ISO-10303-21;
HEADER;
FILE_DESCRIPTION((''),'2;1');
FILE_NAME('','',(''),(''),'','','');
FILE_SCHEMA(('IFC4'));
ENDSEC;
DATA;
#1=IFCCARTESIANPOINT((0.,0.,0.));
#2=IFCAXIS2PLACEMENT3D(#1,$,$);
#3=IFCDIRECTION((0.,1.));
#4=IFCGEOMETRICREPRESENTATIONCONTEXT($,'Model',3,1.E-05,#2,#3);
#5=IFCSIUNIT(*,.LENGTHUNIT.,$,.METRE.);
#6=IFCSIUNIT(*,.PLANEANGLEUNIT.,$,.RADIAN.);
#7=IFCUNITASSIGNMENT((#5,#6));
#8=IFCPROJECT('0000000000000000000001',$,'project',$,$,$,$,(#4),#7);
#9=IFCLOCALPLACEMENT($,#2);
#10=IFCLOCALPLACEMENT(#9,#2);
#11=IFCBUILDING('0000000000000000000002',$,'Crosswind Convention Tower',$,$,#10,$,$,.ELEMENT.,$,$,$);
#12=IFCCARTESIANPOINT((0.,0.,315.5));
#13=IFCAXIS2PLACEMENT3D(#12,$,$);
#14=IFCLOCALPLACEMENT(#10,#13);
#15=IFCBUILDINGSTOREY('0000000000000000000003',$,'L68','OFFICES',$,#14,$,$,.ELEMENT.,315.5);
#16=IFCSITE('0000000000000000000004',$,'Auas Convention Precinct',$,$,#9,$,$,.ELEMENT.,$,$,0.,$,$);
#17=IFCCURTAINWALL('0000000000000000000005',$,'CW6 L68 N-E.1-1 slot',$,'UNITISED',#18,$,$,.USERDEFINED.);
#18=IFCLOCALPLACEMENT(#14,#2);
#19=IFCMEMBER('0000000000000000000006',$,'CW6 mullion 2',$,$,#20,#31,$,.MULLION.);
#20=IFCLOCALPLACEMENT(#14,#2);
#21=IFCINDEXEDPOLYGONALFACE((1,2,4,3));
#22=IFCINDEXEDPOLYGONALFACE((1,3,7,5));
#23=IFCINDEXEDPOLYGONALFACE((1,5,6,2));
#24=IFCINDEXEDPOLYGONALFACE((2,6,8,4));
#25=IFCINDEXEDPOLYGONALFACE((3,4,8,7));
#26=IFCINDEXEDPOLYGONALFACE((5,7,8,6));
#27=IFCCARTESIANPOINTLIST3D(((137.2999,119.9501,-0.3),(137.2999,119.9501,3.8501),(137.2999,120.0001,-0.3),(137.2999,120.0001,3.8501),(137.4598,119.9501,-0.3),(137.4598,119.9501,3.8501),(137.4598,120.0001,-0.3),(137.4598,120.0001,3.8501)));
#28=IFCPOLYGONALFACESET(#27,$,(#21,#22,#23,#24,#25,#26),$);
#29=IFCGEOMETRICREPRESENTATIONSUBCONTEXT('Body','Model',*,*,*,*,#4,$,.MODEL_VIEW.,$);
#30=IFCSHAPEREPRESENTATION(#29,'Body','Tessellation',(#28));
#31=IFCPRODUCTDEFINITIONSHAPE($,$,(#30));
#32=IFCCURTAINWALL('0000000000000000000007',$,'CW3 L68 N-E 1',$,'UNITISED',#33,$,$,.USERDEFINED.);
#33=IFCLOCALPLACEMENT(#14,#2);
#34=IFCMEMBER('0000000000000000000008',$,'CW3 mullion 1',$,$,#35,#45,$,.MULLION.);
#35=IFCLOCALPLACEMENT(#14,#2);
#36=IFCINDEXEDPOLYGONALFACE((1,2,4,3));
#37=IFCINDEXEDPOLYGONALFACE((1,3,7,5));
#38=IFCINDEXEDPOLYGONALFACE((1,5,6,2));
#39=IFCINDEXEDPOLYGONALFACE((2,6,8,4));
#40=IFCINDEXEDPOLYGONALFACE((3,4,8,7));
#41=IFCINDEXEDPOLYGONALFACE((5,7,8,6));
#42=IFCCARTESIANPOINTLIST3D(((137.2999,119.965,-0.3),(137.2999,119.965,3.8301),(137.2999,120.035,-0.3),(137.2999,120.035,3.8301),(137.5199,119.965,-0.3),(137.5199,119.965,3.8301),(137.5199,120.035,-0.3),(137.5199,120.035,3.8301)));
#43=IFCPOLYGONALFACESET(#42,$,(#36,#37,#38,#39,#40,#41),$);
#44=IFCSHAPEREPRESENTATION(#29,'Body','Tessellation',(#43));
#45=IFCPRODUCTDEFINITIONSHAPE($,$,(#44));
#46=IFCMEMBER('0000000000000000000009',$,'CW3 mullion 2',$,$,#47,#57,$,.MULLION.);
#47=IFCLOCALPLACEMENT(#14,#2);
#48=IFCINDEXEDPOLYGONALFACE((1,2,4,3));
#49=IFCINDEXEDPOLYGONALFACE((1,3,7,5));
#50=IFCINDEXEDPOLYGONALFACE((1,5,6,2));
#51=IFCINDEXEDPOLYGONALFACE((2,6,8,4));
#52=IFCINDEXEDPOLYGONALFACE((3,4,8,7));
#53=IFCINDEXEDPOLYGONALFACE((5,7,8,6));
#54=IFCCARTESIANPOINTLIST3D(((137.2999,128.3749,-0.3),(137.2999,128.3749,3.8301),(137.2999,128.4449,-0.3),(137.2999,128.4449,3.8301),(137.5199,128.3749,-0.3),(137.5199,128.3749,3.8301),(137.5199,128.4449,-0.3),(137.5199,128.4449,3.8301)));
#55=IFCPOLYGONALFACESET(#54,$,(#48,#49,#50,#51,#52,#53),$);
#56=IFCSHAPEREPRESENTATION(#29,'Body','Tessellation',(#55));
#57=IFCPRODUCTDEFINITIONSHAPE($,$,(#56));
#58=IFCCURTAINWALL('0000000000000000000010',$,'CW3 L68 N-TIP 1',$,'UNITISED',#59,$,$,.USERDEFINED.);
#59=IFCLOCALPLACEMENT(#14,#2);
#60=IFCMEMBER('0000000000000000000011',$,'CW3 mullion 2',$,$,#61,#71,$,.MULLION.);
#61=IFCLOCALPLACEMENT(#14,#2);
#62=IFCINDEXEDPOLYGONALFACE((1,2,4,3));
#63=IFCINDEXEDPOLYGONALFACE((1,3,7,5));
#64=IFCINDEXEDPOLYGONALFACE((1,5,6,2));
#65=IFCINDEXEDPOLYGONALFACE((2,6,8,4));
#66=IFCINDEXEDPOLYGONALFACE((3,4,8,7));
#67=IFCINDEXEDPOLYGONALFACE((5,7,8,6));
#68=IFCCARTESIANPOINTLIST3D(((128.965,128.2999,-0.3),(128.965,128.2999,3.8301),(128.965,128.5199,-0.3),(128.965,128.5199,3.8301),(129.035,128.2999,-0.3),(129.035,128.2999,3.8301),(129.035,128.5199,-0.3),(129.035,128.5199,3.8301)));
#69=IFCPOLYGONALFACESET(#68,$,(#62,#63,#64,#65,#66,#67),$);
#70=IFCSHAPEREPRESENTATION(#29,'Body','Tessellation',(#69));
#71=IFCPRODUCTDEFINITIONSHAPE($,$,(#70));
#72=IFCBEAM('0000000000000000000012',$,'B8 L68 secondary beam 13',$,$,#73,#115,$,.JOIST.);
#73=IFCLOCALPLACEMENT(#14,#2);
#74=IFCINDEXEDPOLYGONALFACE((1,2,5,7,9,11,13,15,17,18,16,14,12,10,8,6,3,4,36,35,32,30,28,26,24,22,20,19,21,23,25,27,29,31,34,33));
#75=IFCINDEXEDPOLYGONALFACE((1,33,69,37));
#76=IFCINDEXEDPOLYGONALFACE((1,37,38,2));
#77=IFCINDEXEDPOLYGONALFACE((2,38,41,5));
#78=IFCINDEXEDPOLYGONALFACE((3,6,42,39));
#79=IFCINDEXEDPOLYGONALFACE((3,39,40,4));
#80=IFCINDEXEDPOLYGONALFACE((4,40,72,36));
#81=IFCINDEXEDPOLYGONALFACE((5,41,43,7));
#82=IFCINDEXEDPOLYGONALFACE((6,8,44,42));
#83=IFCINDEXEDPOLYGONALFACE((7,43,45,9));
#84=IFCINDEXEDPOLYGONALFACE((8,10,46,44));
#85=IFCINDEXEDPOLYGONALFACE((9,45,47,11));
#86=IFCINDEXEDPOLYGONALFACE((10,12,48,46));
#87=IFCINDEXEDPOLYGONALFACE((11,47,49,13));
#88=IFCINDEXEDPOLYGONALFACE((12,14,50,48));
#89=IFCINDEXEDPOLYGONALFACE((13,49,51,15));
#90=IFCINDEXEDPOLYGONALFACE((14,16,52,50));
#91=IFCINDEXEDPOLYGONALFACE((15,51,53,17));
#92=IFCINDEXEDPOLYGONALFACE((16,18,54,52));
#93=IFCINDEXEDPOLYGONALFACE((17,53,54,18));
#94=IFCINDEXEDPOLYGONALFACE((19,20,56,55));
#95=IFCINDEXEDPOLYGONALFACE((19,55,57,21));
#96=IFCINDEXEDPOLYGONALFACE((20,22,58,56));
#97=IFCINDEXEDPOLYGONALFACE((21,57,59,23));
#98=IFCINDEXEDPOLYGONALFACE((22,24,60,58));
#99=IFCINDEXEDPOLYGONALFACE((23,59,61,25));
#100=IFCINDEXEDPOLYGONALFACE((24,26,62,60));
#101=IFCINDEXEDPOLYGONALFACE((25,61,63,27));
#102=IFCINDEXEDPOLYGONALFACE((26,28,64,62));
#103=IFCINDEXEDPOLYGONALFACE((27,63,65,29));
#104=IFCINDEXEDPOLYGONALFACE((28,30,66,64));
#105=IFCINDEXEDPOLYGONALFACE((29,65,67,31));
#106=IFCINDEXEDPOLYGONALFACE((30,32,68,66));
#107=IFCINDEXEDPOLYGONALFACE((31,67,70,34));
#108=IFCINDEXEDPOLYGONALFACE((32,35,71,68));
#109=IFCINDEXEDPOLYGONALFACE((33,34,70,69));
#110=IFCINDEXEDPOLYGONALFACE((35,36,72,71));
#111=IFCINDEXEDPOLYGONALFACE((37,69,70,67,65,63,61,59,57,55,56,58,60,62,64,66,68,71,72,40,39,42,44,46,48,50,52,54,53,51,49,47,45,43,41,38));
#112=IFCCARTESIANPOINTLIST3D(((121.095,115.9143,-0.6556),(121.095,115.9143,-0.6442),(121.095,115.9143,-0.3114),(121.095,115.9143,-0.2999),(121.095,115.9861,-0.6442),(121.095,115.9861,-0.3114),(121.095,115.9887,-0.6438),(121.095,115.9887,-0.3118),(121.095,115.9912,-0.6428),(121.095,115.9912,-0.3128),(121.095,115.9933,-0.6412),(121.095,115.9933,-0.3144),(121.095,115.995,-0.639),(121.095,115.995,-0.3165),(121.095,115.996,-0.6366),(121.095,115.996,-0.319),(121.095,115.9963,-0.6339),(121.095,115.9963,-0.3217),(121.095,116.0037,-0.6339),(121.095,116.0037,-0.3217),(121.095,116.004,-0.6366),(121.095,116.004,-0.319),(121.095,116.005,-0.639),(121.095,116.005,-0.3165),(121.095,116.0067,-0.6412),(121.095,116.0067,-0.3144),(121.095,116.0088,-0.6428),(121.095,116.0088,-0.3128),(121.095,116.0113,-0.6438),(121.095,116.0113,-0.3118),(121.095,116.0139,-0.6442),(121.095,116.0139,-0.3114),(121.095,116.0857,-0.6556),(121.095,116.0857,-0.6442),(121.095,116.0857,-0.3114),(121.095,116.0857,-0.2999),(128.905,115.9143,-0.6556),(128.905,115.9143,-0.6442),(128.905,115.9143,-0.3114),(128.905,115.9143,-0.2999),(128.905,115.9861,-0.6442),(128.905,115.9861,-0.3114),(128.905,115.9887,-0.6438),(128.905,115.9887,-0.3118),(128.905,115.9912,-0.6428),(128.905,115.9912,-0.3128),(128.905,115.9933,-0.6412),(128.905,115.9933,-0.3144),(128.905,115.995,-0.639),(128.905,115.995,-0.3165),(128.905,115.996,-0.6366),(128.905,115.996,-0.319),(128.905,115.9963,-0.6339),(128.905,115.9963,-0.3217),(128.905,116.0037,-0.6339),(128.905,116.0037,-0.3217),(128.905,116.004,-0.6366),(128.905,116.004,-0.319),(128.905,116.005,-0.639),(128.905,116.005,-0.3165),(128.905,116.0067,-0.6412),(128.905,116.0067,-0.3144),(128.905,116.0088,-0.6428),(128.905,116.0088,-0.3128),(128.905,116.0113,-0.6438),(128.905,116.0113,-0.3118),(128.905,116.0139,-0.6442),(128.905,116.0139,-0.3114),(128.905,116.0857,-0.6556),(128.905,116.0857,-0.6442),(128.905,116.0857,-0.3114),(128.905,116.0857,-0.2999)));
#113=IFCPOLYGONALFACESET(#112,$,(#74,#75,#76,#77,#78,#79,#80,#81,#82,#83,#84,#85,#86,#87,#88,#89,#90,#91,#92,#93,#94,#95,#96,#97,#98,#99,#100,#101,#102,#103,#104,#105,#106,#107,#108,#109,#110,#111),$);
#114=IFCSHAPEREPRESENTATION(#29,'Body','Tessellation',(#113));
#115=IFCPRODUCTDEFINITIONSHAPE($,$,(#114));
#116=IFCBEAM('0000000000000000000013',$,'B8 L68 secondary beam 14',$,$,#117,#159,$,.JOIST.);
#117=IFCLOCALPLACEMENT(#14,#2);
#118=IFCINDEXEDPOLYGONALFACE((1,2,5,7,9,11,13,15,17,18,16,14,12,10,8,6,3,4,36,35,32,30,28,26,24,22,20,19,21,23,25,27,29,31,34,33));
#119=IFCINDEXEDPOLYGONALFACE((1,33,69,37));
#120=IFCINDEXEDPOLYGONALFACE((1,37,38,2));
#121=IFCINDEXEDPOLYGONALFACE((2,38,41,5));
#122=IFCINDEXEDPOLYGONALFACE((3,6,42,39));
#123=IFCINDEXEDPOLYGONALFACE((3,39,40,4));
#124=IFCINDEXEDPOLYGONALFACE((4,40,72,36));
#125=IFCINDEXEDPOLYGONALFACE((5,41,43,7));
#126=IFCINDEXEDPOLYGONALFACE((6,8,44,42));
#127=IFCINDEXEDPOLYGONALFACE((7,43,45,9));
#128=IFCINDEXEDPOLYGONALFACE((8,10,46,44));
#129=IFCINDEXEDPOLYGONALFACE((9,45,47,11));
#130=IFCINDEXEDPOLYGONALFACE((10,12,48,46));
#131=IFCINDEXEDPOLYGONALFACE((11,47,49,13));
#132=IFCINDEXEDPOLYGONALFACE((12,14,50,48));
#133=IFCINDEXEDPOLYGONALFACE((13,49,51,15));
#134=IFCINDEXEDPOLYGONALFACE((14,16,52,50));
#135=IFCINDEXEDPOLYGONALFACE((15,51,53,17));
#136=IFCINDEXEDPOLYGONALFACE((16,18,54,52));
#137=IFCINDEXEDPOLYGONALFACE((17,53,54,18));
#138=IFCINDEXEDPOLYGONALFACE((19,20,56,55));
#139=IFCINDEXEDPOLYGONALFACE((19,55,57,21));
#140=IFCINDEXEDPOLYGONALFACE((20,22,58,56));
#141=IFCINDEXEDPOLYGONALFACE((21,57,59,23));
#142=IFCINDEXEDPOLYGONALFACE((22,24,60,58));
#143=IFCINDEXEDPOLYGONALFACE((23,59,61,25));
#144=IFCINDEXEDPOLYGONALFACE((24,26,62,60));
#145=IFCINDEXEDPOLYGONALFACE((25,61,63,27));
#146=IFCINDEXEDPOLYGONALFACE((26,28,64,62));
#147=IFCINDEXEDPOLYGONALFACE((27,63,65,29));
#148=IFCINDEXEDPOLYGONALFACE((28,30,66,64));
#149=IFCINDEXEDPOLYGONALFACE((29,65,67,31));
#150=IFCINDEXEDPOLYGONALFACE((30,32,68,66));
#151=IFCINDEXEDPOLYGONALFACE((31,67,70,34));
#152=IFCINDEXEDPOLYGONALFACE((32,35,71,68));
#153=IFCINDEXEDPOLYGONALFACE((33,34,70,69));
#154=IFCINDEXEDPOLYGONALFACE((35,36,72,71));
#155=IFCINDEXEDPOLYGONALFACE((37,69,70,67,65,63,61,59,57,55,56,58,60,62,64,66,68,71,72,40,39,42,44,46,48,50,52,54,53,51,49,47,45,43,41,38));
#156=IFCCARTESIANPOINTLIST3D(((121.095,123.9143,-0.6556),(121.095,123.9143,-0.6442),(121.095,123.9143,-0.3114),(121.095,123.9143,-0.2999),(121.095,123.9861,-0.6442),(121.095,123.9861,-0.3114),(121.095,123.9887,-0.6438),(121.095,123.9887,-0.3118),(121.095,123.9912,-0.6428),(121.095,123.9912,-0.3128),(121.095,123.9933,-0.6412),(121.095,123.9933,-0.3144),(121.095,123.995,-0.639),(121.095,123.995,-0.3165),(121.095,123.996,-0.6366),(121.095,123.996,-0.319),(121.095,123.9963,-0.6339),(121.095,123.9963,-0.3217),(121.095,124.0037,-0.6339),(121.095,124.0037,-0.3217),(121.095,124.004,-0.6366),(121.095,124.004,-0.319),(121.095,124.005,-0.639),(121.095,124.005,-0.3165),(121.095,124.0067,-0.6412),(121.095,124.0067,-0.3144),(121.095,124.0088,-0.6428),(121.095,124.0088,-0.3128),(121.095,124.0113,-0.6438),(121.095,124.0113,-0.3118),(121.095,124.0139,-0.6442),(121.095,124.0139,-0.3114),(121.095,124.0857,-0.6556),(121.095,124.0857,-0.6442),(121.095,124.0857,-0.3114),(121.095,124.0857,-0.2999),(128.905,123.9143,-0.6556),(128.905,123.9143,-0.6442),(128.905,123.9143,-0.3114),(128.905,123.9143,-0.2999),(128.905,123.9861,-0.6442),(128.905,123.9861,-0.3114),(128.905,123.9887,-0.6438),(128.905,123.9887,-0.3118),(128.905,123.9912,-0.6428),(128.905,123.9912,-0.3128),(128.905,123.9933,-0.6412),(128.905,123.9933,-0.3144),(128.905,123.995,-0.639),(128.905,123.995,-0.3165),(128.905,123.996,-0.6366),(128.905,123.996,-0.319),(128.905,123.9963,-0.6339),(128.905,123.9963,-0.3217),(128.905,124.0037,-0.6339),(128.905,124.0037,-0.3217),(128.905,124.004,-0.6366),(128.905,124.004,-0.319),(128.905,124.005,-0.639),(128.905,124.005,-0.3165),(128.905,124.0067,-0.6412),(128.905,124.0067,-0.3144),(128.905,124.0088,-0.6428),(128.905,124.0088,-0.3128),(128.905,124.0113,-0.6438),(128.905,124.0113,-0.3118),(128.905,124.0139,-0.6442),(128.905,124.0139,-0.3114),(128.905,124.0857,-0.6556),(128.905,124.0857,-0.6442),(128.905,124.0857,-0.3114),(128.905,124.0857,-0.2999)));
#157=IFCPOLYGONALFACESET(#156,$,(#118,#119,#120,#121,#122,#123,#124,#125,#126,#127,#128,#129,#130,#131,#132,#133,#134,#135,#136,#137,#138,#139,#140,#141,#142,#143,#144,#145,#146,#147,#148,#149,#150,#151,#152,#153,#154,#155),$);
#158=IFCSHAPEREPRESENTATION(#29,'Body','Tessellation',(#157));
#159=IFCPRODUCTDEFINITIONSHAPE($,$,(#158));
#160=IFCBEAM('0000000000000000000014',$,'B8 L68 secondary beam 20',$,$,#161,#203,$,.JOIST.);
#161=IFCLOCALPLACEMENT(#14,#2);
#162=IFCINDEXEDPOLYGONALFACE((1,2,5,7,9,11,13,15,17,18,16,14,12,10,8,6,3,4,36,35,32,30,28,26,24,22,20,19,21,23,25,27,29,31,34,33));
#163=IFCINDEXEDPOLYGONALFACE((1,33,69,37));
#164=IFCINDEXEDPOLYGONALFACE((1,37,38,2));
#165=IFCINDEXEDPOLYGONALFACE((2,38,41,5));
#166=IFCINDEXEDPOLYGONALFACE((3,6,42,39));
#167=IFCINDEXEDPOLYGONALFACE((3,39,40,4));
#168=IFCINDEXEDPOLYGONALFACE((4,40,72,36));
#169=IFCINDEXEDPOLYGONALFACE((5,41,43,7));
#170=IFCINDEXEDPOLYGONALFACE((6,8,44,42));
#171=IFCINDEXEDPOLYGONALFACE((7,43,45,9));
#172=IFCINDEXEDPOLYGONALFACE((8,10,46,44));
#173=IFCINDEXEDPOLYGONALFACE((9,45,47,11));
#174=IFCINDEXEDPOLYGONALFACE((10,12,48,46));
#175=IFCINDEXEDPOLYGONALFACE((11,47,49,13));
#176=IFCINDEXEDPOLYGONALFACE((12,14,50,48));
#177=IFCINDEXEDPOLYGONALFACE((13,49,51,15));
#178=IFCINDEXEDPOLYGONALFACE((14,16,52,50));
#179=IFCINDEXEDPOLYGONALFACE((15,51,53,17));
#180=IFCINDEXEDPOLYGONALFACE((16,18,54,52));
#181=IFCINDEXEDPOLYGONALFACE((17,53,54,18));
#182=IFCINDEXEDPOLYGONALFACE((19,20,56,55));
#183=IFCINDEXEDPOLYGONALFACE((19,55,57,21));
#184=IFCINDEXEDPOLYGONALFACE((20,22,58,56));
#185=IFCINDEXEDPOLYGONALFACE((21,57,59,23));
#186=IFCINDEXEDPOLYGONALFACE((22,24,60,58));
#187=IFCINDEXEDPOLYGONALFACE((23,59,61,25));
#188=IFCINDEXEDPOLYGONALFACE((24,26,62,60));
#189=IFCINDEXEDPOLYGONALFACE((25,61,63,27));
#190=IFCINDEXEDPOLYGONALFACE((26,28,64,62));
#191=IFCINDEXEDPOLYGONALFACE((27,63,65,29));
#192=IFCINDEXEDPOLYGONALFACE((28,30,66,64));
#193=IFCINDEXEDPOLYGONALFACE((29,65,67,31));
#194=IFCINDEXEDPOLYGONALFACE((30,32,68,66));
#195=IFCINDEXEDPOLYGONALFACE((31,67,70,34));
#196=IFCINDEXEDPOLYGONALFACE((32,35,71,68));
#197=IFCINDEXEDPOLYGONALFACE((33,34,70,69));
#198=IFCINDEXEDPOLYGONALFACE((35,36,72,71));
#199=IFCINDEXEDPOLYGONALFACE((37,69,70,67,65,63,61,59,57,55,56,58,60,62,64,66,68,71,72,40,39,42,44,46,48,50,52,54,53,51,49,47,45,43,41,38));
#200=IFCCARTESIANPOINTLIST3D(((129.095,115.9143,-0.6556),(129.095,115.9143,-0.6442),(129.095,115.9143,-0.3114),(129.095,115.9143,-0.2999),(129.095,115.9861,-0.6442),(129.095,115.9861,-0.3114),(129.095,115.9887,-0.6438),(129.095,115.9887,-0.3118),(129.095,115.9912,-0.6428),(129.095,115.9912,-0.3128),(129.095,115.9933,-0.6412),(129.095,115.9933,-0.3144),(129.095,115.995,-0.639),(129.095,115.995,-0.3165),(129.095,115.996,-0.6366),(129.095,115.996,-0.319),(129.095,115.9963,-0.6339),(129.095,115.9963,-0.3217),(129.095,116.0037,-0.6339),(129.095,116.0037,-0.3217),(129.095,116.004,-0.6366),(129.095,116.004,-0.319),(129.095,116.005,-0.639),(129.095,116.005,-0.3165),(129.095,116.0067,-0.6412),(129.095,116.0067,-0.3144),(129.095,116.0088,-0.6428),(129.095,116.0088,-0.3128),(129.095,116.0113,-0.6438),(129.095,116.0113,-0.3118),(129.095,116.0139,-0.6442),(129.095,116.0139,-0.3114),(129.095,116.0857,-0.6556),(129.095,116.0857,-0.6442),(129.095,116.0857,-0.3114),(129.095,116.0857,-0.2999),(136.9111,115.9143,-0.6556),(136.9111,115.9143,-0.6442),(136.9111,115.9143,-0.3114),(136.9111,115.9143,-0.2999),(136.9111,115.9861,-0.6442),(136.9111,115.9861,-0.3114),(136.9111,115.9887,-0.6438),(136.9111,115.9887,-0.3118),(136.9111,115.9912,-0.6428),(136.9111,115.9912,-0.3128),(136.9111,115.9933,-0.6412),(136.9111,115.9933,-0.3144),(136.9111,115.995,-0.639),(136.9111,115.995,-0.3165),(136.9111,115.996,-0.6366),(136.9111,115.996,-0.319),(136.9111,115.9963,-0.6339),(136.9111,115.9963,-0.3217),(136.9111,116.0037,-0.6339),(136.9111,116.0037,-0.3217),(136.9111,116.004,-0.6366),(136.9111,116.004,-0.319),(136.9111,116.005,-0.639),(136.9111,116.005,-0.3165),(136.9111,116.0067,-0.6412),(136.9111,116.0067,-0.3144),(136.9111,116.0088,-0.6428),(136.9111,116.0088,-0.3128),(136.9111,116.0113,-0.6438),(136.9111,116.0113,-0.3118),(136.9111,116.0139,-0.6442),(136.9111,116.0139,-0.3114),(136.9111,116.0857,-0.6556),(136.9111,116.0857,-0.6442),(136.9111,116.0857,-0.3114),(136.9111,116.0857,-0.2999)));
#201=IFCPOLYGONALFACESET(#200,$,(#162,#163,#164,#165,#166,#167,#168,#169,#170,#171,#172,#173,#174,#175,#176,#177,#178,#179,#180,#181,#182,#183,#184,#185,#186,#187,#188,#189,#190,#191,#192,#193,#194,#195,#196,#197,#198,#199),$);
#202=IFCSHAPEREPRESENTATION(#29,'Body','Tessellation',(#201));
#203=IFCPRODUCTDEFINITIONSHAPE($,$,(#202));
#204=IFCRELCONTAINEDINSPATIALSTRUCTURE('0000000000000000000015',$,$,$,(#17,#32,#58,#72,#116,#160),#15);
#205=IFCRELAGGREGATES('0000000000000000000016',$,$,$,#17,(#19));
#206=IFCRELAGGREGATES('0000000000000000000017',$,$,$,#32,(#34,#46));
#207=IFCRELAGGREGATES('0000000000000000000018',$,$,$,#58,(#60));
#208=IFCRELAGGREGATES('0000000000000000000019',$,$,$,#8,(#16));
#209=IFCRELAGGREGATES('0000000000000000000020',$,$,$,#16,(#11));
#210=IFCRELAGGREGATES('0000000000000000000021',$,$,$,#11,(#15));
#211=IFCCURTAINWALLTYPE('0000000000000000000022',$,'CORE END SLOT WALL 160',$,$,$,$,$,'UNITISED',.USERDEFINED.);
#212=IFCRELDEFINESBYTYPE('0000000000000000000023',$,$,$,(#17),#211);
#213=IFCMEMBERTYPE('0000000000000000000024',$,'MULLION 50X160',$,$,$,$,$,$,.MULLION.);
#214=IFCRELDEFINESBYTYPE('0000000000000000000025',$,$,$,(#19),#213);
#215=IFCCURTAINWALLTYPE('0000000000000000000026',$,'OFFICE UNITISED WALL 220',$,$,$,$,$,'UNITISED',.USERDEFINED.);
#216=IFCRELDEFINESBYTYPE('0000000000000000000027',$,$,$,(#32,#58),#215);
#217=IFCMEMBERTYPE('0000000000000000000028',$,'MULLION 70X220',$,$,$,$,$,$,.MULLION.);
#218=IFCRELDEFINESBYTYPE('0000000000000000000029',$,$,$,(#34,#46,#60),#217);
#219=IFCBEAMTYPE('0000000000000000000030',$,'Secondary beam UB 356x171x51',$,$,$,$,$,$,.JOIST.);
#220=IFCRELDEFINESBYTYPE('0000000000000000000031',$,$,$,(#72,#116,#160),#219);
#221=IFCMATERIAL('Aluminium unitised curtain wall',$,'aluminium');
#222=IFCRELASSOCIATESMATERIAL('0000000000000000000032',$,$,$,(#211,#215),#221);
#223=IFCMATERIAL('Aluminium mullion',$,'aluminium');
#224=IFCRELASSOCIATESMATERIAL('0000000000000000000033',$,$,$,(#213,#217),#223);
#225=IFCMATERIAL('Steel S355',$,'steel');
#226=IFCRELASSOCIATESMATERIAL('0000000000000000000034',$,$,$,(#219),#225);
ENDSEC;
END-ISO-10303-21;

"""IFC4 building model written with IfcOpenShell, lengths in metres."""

from ifc_helpers import new_model, si_unit, direction, frame, origin, origin_2d, place, context, subcontext, project, spatial, rectangle, i_section, extrude, material, material_profile, profile_set, type_object, element, aggregate, save


model = new_model("IFC4")

# Units and contexts
model_context = context("Model", 3, precision=1e-05, world=origin(), true_north=direction((0.0, 1.0)))
body_context = subcontext(model_context, "Body", "Model", "MODEL_VIEW")
ifc_project = project(units=[si_unit("LENGTHUNIT", "METRE"), si_unit("PLANEANGLEUNIT", "RADIAN")], contexts=[model_context])

# Site, building, storey
site_placement = place(None, origin())
site = spatial("IfcSite", under=ifc_project, at=site_placement, Name="Auas Convention Precinct", CompositionType="ELEMENT", RefElevation=0.0)
building_placement = place(site_placement, origin())
building = spatial("IfcBuilding", under=site, at=building_placement, Name="Crosswind Convention Tower", CompositionType="ELEMENT")
storey_placement = place(building_placement, frame((0.0, 0.0, 315.5)))
storey = spatial("IfcBuildingStorey", under=building, at=storey_placement, Name="L68", Description="OFFICES", CompositionType="ELEMENT", Elevation=315.5)

# Shared definitions
ifc_material_1 = material(Name="Steel S355", Category="steel")

# Curtain walls, members
ifc_material_2 = material(Name="Aluminium unitised curtain wall", Category="aluminium")
curtain_wall_type_1 = type_object("IfcCurtainWallType", Name="CORE END SLOT WALL 160", ElementType="UNITISED", PredefinedType="USERDEFINED", material=ifc_material_2)
curtain_wall_1_placement = place(storey_placement, origin())
curtain_wall_1 = element("IfcCurtainWall", 1, at=curtain_wall_1_placement, inside=storey, type_object=curtain_wall_type_1, Name="CW6 L68 N-E.1-1 slot", ObjectType="UNITISED", PredefinedType="USERDEFINED")
ifc_material_3 = material(Name="Aluminium mullion", Category="aluminium")
ifc_material_profile_1 = material_profile(ifc_material_3, rectangle(XDim=0.1599, YDim=0.05, at=origin_2d()), Name="AL 160X50")
ifc_profile_set_1 = profile_set([ifc_material_profile_1], Name="Aluminium mullion")
member_type_1 = type_object("IfcMemberType", Name="MULLION 50X160", PredefinedType="MULLION", material=ifc_profile_set_1)
member_1_placement = place(storey_placement, frame((137.3799, 119.9751, -0.3), z_axis=(0.0, 0.0, 1.0), x_axis=(1.0, 0.0, 0.0)))
member_1 = element("IfcMember", 2, at=member_1_placement, type_object=member_type_1, Name="CW6 mullion 2", PredefinedType="MULLION", context=body_context, shape_type="SweptSolid", body=[
    extrude(rectangle(XDim=0.1599, YDim=0.05, at=origin_2d()), origin(), (0.0, 0.0, 1.0), 4.1501),
])
curtain_wall_type_2 = type_object("IfcCurtainWallType", Name="OFFICE UNITISED WALL 220", ElementType="UNITISED", PredefinedType="USERDEFINED", material=ifc_material_2)
curtain_wall_2_placement = place(storey_placement, origin())
curtain_wall_2 = element("IfcCurtainWall", 3, at=curtain_wall_2_placement, inside=storey, type_object=curtain_wall_type_2, Name="CW3 L68 N-E 1", ObjectType="UNITISED", PredefinedType="USERDEFINED")
ifc_material_profile_2 = material_profile(ifc_material_3, rectangle(XDim=0.22, YDim=0.0701, at=origin_2d()), Name="AL 220X70")
ifc_profile_set_2 = profile_set([ifc_material_profile_2], Name="Aluminium mullion")
member_type_2 = type_object("IfcMemberType", Name="MULLION 70X220", PredefinedType="MULLION", material=ifc_profile_set_2)
member_2_placement = place(storey_placement, frame((137.4099, 120.0, -0.3), z_axis=(0.0, 0.0, 1.0), x_axis=(1.0, 0.0, 0.0)))
member_2 = element("IfcMember", 4, at=member_2_placement, type_object=member_type_2, Name="CW3 mullion 1", PredefinedType="MULLION", context=body_context, shape_type="SweptSolid", body=[
    extrude(rectangle(XDim=0.22, YDim=0.0701, at=origin_2d()), origin(), (0.0, 0.0, 1.0), 4.1301),
])
member_3_placement = place(storey_placement, frame((137.4099, 128.4099, -0.3), z_axis=(0.0, 0.0, 1.0), x_axis=(1.0, 0.0, 0.0)))
member_3 = element("IfcMember", 5, at=member_3_placement, type_object=member_type_2, Name="CW3 mullion 2", PredefinedType="MULLION", context=body_context, shape_type="SweptSolid", body=[
    extrude(rectangle(XDim=0.22, YDim=0.0701, at=origin_2d()), origin(), (0.0, 0.0, 1.0), 4.1301),
])

# Curtain wall, member
curtain_wall_3_placement = place(storey_placement, origin())
curtain_wall_3 = element("IfcCurtainWall", 6, at=curtain_wall_3_placement, inside=storey, type_object=curtain_wall_type_2, Name="CW3 L68 N-TIP 1", ObjectType="UNITISED", PredefinedType="USERDEFINED")
member_4_placement = place(storey_placement, frame((129.0, 128.4099, -0.3), z_axis=(0.0, 0.0, 1.0), x_axis=(0.0, 1.0, 0.0)))
member_4 = element("IfcMember", 7, at=member_4_placement, type_object=member_type_2, Name="CW3 mullion 2", PredefinedType="MULLION", context=body_context, shape_type="SweptSolid", body=[
    extrude(rectangle(XDim=0.22, YDim=0.0701, at=origin_2d()), origin(), (0.0, 0.0, 1.0), 4.1301),
])

# Beams
ifc_material_profile_3 = material_profile(ifc_material_1, i_section(OverallWidth=0.1714, OverallDepth=0.3557, WebThickness=0.0073, FlangeThickness=0.0115, FilletRadius=0.0103, at=origin_2d()), Name="UB 356x171x51")
ifc_profile_set_3 = profile_set([ifc_material_profile_3], Name="Steel S355")
beam_type_1 = type_object("IfcBeamType", Name="Secondary beam UB 356x171x51", PredefinedType="JOIST", material=ifc_profile_set_3)
for number, where, z_axis, x_axis, name in (
    (8, (121.095, 116.0, -0.4778), (1.0, 0.0, 0.0), (0.0, 1.0, 0.0), "B8 L68 secondary beam 13"),
    (9, (121.095, 124.0, -0.4778), (1.0, 0.0, 0.0), (0.0, 1.0, 0.0), "B8 L68 secondary beam 14"),
):
    element("IfcBeam", number, at=place(storey_placement, frame(where, z_axis=z_axis, x_axis=x_axis)), inside=storey, type_object=beam_type_1, Name=name, PredefinedType="JOIST", context=body_context, shape_type="SweptSolid", body=[
        extrude(i_section(OverallWidth=0.1714, OverallDepth=0.3557, WebThickness=0.0073, FlangeThickness=0.0115, FilletRadius=0.0103, at=origin_2d()), origin(), (0.0, 0.0, 1.0), 7.8101),
    ])
for number, where, z_axis, x_axis, name in (
    (10, (129.095, 116.0, -0.4778), (1.0, 0.0, 0.0), (0.0, 1.0, 0.0), "B8 L68 secondary beam 20"),
):
    element("IfcBeam", number, at=place(storey_placement, frame(where, z_axis=z_axis, x_axis=x_axis)), inside=storey, type_object=beam_type_1, Name=name, PredefinedType="JOIST", context=body_context, shape_type="SweptSolid", body=[
        extrude(i_section(OverallWidth=0.1714, OverallDepth=0.3557, WebThickness=0.0073, FlangeThickness=0.0115, FilletRadius=0.0103, at=origin_2d()), origin(), (0.0, 0.0, 1.0), 7.8162),
    ])

aggregate(curtain_wall_1, [member_1])

aggregate(curtain_wall_2, [member_2, member_3])
aggregate(curtain_wall_3, [member_4])

save(model, "model.ifc")
